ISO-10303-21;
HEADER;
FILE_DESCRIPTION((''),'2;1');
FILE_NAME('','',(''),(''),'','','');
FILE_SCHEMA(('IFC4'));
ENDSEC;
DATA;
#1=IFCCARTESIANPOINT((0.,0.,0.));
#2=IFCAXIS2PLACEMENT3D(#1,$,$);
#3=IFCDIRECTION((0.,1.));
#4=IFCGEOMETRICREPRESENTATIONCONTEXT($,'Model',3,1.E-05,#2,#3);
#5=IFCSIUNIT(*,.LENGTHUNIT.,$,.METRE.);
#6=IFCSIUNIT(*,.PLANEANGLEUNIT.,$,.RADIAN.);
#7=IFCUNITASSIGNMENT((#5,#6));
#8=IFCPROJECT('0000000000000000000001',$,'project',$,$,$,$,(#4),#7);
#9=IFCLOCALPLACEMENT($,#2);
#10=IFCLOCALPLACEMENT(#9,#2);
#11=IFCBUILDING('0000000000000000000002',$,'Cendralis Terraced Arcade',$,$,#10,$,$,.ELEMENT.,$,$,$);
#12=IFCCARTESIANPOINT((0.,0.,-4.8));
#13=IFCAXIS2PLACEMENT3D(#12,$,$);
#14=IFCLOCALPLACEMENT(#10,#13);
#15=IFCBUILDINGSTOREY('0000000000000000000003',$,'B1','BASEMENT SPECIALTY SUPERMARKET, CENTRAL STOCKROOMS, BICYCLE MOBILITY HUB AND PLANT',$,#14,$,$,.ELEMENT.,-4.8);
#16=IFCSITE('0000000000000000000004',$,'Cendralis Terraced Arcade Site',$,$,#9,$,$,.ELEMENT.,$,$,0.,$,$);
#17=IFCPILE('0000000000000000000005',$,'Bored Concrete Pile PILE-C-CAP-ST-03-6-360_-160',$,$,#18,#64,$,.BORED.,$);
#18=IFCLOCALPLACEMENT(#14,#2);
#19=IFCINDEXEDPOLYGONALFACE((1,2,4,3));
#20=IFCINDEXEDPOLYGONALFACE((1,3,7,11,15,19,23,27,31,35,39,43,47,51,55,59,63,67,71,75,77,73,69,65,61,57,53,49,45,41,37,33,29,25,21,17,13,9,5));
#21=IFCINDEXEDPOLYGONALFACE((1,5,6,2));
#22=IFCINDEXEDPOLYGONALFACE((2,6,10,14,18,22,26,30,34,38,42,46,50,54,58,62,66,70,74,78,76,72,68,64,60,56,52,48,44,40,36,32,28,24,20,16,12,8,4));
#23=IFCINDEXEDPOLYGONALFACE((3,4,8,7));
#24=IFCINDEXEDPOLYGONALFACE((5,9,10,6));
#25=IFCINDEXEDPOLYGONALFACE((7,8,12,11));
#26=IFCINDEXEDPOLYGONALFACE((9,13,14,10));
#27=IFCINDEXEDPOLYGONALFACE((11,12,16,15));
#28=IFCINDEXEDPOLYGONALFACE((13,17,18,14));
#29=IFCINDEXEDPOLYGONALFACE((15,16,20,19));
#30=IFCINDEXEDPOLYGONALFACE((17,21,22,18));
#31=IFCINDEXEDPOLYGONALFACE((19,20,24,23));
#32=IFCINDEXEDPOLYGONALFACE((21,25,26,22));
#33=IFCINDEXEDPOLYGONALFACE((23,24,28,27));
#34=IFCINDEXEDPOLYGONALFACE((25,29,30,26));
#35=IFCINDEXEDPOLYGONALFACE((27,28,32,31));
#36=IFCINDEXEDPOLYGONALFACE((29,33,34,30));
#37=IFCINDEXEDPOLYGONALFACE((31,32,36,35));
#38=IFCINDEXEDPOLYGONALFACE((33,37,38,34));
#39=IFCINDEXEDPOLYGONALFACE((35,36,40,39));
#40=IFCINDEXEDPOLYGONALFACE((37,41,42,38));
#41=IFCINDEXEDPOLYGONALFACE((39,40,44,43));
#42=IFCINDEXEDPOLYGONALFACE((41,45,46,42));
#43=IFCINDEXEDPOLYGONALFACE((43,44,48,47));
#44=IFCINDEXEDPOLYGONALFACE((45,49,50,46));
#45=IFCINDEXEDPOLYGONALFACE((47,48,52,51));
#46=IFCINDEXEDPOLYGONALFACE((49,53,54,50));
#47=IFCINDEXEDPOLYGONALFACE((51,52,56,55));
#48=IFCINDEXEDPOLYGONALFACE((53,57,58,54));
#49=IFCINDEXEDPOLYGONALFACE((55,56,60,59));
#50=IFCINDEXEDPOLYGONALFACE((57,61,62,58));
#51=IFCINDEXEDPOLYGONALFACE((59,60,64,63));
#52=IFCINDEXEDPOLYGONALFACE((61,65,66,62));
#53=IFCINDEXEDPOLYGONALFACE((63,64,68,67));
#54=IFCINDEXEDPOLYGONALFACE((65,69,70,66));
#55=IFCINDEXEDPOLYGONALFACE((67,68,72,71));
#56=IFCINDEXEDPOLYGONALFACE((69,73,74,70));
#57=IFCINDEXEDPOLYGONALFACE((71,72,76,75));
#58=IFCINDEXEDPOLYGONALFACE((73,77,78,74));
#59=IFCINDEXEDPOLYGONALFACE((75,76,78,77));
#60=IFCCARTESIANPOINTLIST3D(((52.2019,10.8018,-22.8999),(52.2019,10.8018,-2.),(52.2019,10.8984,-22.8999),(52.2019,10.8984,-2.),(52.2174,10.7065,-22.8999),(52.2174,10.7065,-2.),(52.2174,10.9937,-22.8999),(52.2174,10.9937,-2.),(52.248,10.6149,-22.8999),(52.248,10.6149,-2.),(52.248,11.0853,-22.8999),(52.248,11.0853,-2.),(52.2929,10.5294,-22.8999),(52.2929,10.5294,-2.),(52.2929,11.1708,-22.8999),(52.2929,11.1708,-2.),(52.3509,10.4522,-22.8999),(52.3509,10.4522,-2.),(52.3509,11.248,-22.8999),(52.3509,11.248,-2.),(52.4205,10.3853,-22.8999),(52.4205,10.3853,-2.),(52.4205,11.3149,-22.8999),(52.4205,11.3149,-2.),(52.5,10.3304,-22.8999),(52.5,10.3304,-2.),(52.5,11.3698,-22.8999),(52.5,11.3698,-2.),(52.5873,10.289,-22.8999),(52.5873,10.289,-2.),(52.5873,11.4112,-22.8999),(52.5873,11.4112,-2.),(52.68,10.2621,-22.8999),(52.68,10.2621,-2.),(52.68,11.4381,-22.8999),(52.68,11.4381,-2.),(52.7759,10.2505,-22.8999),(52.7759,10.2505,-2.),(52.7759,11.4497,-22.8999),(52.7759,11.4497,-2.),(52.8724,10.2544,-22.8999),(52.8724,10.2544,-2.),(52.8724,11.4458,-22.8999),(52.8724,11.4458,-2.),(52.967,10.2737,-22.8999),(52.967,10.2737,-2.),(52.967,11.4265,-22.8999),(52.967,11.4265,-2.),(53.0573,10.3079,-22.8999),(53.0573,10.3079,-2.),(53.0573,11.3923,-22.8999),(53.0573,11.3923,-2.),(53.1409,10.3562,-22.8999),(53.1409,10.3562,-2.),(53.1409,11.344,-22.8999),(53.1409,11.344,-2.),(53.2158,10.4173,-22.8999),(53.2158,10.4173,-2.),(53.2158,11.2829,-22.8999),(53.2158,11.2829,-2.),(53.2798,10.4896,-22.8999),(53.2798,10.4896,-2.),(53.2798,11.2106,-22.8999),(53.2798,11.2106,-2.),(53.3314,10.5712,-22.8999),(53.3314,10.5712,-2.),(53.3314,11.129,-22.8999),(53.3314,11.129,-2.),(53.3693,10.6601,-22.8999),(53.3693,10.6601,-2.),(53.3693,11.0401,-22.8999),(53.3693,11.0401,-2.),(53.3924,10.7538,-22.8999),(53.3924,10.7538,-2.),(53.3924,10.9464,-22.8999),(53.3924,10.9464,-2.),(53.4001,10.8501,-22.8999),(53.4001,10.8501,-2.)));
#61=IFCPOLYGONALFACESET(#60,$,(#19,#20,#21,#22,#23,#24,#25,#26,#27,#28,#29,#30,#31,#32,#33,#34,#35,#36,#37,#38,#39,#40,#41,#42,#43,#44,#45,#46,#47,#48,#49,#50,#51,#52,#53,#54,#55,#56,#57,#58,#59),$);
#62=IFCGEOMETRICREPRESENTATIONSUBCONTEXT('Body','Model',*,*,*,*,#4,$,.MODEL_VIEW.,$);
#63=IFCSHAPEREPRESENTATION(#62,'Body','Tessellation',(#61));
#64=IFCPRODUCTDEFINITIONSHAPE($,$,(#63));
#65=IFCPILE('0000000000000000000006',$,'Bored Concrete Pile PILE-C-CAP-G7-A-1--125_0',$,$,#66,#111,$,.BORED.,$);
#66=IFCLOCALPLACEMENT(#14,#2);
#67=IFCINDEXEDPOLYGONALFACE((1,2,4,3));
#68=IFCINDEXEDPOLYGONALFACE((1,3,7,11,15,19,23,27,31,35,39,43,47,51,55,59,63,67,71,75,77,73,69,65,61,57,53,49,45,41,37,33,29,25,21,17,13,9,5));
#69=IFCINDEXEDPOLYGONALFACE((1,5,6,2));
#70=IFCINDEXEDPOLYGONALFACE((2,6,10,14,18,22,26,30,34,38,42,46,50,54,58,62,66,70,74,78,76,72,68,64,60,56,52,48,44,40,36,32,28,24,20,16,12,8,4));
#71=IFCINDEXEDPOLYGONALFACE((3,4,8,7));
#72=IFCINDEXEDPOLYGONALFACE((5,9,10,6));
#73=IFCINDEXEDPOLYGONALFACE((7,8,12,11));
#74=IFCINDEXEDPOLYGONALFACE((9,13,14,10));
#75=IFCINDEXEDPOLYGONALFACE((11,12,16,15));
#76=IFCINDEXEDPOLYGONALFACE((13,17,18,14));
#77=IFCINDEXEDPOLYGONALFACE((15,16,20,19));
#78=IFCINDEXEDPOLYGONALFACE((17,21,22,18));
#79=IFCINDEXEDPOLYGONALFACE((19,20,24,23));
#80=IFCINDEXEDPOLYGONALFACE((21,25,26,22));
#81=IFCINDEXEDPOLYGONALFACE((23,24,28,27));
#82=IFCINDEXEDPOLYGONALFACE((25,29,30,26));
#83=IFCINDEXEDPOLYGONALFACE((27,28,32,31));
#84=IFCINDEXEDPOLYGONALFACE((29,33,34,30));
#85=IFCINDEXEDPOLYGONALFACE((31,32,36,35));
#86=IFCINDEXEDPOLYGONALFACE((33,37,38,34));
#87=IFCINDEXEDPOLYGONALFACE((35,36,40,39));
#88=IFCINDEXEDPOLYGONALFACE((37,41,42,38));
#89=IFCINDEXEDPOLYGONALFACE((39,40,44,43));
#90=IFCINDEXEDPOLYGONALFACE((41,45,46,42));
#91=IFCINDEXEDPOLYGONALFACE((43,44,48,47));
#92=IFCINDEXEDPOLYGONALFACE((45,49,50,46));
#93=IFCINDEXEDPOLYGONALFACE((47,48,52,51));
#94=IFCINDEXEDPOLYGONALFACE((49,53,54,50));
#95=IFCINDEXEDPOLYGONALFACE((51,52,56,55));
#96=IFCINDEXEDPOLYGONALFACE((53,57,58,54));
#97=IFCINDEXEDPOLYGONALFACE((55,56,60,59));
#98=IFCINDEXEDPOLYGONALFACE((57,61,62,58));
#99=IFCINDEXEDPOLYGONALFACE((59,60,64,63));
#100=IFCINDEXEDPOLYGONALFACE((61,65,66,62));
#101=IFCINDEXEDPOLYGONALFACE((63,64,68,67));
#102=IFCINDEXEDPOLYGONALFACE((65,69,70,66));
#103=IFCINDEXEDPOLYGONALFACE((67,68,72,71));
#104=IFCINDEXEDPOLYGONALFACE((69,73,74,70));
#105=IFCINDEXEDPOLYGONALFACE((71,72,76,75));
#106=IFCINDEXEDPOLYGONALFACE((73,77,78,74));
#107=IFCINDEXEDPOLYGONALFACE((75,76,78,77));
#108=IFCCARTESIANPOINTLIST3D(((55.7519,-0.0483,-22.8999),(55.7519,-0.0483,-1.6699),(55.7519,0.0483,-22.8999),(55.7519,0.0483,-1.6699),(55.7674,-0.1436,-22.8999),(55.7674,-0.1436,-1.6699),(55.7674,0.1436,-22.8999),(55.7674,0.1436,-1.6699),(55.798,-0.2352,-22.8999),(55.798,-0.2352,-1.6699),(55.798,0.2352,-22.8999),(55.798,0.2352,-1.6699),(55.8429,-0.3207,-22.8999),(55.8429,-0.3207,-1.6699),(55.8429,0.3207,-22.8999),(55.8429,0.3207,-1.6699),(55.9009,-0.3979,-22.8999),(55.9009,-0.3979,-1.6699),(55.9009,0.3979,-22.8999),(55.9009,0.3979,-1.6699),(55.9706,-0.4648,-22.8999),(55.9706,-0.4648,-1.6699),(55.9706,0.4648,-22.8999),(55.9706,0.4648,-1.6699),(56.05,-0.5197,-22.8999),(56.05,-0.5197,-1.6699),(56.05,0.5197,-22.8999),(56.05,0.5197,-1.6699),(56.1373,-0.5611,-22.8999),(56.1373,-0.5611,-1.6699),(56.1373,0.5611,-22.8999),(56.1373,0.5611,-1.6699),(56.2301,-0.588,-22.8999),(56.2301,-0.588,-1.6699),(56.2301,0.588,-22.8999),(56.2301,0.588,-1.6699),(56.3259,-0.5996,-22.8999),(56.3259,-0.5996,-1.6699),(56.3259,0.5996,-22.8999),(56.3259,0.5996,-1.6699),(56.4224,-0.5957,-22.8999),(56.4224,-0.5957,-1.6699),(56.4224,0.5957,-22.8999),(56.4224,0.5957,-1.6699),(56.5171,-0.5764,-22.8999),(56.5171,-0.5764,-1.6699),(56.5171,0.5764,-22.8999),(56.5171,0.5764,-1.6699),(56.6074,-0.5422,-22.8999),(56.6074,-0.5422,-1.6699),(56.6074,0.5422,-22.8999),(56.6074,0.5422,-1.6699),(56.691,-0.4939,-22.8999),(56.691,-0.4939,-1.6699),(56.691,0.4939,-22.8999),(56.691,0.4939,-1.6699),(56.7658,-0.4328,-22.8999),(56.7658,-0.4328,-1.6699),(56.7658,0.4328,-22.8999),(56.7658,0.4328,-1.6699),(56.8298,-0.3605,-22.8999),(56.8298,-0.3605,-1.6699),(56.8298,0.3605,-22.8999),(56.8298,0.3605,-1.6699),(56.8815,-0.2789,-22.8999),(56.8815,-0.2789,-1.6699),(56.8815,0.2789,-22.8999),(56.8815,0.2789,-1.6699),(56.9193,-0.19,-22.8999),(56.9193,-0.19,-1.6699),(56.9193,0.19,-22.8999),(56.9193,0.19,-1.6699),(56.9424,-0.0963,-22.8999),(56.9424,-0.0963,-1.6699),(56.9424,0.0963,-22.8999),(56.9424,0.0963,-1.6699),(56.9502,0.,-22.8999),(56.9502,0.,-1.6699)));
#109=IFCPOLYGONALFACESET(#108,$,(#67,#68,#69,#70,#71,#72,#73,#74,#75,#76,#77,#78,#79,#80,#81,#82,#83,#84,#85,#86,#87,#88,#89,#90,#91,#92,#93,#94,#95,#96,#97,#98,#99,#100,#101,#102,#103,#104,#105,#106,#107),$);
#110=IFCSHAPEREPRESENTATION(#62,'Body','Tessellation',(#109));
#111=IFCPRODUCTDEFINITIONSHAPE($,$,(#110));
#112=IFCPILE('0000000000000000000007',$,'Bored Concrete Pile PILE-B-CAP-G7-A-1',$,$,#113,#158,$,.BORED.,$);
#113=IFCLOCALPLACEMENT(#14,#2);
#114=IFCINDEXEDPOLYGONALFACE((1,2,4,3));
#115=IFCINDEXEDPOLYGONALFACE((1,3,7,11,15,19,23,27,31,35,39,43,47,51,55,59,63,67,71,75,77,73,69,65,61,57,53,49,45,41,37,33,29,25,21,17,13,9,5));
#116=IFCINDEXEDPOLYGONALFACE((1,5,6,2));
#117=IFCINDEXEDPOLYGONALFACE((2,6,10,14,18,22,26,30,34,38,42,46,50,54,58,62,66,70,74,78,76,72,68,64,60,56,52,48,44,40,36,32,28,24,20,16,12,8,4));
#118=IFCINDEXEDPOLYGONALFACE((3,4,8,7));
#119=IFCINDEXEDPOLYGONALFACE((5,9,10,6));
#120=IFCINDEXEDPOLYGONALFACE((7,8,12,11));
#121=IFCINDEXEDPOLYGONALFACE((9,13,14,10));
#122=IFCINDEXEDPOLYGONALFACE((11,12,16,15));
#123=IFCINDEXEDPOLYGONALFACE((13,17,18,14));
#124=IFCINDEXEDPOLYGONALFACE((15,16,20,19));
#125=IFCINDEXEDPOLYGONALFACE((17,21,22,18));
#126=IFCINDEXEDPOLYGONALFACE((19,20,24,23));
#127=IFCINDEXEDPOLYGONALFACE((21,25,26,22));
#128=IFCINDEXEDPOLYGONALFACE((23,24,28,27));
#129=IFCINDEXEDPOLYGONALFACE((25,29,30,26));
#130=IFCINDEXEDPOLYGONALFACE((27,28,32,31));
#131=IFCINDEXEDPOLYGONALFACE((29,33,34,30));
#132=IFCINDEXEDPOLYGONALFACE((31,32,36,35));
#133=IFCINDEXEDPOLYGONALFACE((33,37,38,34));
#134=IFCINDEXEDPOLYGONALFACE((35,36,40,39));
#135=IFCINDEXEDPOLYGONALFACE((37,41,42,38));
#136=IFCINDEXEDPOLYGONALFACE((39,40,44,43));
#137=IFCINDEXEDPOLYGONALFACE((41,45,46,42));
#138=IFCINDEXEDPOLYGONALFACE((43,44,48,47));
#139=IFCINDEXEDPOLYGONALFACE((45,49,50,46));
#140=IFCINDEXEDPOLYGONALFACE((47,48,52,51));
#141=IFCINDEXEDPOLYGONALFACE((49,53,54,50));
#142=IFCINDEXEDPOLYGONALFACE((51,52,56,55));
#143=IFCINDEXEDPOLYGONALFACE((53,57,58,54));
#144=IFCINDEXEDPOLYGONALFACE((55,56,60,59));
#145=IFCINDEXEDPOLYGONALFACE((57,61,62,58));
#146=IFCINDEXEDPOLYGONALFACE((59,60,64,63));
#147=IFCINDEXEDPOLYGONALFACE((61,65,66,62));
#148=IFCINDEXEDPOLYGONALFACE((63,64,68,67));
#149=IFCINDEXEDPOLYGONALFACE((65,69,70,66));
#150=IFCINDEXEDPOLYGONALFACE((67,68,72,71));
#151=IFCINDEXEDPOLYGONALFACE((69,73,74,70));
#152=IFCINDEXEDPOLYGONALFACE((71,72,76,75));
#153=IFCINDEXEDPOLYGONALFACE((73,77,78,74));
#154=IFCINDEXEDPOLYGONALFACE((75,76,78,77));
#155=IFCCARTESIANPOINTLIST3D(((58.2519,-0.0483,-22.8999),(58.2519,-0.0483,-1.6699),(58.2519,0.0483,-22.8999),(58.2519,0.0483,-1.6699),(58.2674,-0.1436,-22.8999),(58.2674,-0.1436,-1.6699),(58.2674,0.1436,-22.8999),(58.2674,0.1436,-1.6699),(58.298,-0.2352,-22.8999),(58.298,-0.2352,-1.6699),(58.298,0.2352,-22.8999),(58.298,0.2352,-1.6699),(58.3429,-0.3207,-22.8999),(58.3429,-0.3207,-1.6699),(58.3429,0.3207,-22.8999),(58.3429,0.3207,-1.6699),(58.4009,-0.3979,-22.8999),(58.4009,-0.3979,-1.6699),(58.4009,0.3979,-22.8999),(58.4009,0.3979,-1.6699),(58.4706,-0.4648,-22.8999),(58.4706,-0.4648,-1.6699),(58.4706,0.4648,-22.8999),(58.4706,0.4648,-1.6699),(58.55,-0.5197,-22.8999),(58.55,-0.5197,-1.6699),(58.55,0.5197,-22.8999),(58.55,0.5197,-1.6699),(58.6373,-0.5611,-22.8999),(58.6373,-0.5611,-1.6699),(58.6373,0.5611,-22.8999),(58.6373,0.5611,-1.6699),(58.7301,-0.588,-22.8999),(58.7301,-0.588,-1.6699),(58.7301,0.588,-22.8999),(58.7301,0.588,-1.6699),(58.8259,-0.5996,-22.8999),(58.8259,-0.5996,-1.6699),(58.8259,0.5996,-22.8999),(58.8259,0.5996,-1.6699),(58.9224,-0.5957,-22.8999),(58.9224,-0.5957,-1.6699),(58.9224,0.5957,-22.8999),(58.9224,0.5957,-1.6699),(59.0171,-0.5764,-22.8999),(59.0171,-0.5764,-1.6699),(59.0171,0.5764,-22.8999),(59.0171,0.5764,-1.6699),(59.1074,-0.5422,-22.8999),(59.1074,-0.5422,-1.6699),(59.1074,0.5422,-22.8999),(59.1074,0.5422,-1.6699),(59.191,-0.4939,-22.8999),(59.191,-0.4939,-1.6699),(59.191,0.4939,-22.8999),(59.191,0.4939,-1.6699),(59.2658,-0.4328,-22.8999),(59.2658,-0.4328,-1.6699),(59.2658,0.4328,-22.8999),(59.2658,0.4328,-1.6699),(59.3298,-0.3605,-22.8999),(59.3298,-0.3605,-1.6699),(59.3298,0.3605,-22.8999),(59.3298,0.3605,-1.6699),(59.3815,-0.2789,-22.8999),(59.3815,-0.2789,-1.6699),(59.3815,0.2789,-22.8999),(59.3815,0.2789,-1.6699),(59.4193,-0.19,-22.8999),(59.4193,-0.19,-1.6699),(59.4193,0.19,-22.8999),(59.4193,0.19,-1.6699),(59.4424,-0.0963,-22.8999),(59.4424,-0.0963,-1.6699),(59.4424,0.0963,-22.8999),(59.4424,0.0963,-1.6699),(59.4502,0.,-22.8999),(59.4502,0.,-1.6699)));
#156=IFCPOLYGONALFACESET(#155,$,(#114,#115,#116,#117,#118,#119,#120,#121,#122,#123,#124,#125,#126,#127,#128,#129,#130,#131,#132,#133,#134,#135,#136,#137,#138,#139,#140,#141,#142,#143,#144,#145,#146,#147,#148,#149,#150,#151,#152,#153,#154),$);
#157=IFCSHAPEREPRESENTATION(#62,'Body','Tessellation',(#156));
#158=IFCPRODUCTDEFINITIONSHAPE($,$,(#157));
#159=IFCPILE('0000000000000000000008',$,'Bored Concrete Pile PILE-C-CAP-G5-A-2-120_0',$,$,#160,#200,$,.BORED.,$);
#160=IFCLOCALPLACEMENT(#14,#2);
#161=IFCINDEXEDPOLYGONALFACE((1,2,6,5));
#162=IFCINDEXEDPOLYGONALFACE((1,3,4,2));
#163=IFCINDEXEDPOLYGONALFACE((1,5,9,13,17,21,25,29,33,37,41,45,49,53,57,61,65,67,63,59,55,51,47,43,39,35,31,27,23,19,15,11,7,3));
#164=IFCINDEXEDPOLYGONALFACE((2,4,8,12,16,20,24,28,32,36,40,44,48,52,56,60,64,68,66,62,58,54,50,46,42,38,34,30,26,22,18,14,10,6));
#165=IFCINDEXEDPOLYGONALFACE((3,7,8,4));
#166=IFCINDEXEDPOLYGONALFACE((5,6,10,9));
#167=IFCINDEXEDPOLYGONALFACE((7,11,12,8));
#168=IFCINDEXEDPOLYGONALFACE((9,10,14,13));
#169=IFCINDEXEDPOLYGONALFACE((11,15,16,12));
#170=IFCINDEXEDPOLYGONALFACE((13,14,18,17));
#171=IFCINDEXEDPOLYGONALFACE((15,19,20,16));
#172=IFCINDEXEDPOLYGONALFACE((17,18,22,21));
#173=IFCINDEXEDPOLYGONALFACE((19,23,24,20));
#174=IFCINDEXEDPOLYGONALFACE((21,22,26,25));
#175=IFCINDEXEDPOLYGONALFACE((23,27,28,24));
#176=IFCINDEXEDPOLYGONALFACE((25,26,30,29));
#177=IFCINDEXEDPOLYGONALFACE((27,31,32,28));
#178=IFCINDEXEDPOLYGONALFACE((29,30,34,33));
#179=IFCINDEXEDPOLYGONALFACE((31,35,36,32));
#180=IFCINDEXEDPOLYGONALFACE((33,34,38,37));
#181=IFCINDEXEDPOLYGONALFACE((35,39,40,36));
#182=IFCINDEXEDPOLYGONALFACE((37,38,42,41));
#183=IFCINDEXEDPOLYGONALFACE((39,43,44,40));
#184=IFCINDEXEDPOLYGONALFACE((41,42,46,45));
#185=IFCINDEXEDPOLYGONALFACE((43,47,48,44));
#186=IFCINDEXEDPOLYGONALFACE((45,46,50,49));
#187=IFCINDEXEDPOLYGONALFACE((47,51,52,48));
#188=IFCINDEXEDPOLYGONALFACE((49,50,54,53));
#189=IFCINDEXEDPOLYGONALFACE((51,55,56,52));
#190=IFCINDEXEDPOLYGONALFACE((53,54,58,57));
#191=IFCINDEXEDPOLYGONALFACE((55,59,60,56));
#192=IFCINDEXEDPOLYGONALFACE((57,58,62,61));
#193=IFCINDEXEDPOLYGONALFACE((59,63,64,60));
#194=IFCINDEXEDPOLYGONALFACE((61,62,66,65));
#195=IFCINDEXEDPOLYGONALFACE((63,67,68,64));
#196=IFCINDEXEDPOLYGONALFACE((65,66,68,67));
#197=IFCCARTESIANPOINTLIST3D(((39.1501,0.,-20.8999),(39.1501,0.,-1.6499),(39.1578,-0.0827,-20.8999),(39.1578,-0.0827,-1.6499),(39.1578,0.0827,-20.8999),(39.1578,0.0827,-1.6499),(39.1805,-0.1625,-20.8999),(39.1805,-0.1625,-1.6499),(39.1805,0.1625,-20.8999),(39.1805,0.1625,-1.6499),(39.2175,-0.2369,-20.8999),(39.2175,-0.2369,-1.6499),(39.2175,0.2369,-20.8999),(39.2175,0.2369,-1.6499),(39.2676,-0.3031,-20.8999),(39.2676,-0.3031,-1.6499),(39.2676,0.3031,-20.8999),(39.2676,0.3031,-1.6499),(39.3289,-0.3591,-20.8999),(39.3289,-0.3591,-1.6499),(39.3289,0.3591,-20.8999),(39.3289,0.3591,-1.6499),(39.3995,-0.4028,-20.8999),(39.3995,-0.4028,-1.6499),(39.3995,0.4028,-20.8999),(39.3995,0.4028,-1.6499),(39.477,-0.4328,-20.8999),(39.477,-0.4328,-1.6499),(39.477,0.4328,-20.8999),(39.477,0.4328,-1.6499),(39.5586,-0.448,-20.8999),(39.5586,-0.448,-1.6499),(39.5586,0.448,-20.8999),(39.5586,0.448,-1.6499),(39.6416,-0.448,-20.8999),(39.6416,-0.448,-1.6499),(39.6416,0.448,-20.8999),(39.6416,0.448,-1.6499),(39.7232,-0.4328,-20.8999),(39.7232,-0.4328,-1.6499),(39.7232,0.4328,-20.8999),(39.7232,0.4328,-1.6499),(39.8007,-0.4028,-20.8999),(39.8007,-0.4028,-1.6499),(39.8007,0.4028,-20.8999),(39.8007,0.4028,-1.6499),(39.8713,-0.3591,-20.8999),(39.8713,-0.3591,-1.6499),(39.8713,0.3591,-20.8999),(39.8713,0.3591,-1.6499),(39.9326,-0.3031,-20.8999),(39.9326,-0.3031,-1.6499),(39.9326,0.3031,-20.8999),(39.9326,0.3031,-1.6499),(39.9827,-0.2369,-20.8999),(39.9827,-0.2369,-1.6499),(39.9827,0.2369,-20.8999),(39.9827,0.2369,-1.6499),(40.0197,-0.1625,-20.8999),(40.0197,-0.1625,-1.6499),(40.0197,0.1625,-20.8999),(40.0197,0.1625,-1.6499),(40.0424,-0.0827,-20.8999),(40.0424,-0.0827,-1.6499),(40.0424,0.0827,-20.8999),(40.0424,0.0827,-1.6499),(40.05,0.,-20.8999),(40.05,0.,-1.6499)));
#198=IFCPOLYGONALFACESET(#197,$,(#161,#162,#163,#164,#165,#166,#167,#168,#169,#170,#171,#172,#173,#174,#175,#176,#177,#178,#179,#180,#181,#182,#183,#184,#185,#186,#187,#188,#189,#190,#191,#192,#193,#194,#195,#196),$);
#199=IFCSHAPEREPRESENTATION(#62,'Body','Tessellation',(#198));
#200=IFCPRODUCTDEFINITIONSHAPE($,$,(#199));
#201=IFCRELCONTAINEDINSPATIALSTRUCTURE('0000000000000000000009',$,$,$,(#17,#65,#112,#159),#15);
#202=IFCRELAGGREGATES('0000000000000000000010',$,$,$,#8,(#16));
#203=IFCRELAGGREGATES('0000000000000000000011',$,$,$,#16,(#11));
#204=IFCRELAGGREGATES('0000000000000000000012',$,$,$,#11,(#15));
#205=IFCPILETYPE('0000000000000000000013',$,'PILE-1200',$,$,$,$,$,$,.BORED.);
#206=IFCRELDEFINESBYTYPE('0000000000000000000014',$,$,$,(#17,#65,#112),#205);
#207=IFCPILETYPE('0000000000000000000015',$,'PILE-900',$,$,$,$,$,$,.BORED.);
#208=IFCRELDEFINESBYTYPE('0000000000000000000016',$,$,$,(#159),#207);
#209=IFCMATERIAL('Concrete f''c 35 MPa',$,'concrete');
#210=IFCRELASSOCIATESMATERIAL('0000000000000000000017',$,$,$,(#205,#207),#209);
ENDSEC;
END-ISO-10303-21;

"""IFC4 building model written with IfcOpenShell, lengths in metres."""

from ifc_helpers import new_model, si_unit, direction, frame, origin, origin_2d, place, context, subcontext, project, spatial, circle, extrude, material, material_profile, profile_set, type_object, element, save


model = new_model("IFC4")

# Units and contexts
model_context = context("Model", 3, precision=1e-05, world=origin(), true_north=direction((0.0, 1.0)))
body_context = subcontext(model_context, "Body", "Model", "MODEL_VIEW")
ifc_project = project(units=[si_unit("LENGTHUNIT", "METRE"), si_unit("PLANEANGLEUNIT", "RADIAN")], contexts=[model_context])

# Site, building, storey
site_placement = place(None, origin())
site = spatial("IfcSite", under=ifc_project, at=site_placement, Name="Cendralis Terraced Arcade Site", CompositionType="ELEMENT", RefElevation=0.0)
building_placement = place(site_placement, origin())
building = spatial("IfcBuilding", under=site, at=building_placement, Name="Cendralis Terraced Arcade", CompositionType="ELEMENT")
storey_placement = place(building_placement, frame((0.0, 0.0, -4.8)))
storey = spatial("IfcBuildingStorey", under=building, at=storey_placement, Name="B1", Description="BASEMENT SPECIALTY SUPERMARKET, CENTRAL STOCKROOMS, BICYCLE MOBILITY HUB AND PLANT", CompositionType="ELEMENT", Elevation=-4.8)

# Shared definitions
ifc_material_1 = material(Name="Concrete f'c 35 MPa", Category="concrete")

# Piles
ifc_material_profile_1 = material_profile(ifc_material_1, circle(Radius=0.6001, at=origin_2d()), Name="PILE-D1200", Category="LoadBearing")
ifc_profile_set_1 = profile_set([ifc_material_profile_1], Name="Concrete f'c 35 MPa")
pile_type_1 = type_object("IfcPileType", Name="PILE-1200", PredefinedType="BORED", material=ifc_profile_set_1)
for number, where, z_axis, x_axis, name in (
    (1, (52.8, 10.8501, -2.0), (0.0, 0.0, -1.0), (1.0, 0.0, 0.0), "Bored Concrete Pile PILE-C-CAP-ST-03-6-360_-160"),
):
    element("IfcPile", number, at=place(storey_placement, frame(where, z_axis=z_axis, x_axis=x_axis)), inside=storey, type_object=pile_type_1, Name=name, PredefinedType="BORED", context=body_context, shape_type="SweptSolid", body=[
        extrude(circle(Radius=0.6001, at=origin_2d()), origin(), (0.0, 0.0, 1.0), 20.8999),
    ])
for number, where, z_axis, x_axis, name in (
    (2, (56.3501, 0.0, -1.6699), (0.0, 0.0, -1.0), (1.0, 0.0, 0.0), "Bored Concrete Pile PILE-C-CAP-G7-A-1--125_0"),
    (3, (58.8501, 0.0, -1.6699), (0.0, 0.0, -1.0), (1.0, 0.0, 0.0), "Bored Concrete Pile PILE-B-CAP-G7-A-1"),
):
    element("IfcPile", number, at=place(storey_placement, frame(where, z_axis=z_axis, x_axis=x_axis)), inside=storey, type_object=pile_type_1, Name=name, PredefinedType="BORED", context=body_context, shape_type="SweptSolid", body=[
        extrude(circle(Radius=0.6001, at=origin_2d()), origin(), (0.0, 0.0, 1.0), 21.23),
    ])
ifc_material_profile_2 = material_profile(ifc_material_1, circle(Radius=0.45, at=origin_2d()), Name="PILE-D900", Category="LoadBearing")
ifc_profile_set_2 = profile_set([ifc_material_profile_2], Name="Concrete f'c 35 MPa")
pile_type_2 = type_object("IfcPileType", Name="PILE-900", PredefinedType="BORED", material=ifc_profile_set_2)
for number, where, z_axis, x_axis, name in (
    (4, (39.6001, 0.0, -1.6499), (0.0, 0.0, -1.0), (1.0, 0.0, 0.0), "Bored Concrete Pile PILE-C-CAP-G5-A-2-120_0"),
):
    element("IfcPile", number, at=place(storey_placement, frame(where, z_axis=z_axis, x_axis=x_axis)), inside=storey, type_object=pile_type_2, Name=name, PredefinedType="BORED", context=body_context, shape_type="SweptSolid", body=[
        extrude(circle(Radius=0.45, at=origin_2d()), origin(), (0.0, 0.0, 1.0), 19.25),
    ])

save(model, "model.ifc")
